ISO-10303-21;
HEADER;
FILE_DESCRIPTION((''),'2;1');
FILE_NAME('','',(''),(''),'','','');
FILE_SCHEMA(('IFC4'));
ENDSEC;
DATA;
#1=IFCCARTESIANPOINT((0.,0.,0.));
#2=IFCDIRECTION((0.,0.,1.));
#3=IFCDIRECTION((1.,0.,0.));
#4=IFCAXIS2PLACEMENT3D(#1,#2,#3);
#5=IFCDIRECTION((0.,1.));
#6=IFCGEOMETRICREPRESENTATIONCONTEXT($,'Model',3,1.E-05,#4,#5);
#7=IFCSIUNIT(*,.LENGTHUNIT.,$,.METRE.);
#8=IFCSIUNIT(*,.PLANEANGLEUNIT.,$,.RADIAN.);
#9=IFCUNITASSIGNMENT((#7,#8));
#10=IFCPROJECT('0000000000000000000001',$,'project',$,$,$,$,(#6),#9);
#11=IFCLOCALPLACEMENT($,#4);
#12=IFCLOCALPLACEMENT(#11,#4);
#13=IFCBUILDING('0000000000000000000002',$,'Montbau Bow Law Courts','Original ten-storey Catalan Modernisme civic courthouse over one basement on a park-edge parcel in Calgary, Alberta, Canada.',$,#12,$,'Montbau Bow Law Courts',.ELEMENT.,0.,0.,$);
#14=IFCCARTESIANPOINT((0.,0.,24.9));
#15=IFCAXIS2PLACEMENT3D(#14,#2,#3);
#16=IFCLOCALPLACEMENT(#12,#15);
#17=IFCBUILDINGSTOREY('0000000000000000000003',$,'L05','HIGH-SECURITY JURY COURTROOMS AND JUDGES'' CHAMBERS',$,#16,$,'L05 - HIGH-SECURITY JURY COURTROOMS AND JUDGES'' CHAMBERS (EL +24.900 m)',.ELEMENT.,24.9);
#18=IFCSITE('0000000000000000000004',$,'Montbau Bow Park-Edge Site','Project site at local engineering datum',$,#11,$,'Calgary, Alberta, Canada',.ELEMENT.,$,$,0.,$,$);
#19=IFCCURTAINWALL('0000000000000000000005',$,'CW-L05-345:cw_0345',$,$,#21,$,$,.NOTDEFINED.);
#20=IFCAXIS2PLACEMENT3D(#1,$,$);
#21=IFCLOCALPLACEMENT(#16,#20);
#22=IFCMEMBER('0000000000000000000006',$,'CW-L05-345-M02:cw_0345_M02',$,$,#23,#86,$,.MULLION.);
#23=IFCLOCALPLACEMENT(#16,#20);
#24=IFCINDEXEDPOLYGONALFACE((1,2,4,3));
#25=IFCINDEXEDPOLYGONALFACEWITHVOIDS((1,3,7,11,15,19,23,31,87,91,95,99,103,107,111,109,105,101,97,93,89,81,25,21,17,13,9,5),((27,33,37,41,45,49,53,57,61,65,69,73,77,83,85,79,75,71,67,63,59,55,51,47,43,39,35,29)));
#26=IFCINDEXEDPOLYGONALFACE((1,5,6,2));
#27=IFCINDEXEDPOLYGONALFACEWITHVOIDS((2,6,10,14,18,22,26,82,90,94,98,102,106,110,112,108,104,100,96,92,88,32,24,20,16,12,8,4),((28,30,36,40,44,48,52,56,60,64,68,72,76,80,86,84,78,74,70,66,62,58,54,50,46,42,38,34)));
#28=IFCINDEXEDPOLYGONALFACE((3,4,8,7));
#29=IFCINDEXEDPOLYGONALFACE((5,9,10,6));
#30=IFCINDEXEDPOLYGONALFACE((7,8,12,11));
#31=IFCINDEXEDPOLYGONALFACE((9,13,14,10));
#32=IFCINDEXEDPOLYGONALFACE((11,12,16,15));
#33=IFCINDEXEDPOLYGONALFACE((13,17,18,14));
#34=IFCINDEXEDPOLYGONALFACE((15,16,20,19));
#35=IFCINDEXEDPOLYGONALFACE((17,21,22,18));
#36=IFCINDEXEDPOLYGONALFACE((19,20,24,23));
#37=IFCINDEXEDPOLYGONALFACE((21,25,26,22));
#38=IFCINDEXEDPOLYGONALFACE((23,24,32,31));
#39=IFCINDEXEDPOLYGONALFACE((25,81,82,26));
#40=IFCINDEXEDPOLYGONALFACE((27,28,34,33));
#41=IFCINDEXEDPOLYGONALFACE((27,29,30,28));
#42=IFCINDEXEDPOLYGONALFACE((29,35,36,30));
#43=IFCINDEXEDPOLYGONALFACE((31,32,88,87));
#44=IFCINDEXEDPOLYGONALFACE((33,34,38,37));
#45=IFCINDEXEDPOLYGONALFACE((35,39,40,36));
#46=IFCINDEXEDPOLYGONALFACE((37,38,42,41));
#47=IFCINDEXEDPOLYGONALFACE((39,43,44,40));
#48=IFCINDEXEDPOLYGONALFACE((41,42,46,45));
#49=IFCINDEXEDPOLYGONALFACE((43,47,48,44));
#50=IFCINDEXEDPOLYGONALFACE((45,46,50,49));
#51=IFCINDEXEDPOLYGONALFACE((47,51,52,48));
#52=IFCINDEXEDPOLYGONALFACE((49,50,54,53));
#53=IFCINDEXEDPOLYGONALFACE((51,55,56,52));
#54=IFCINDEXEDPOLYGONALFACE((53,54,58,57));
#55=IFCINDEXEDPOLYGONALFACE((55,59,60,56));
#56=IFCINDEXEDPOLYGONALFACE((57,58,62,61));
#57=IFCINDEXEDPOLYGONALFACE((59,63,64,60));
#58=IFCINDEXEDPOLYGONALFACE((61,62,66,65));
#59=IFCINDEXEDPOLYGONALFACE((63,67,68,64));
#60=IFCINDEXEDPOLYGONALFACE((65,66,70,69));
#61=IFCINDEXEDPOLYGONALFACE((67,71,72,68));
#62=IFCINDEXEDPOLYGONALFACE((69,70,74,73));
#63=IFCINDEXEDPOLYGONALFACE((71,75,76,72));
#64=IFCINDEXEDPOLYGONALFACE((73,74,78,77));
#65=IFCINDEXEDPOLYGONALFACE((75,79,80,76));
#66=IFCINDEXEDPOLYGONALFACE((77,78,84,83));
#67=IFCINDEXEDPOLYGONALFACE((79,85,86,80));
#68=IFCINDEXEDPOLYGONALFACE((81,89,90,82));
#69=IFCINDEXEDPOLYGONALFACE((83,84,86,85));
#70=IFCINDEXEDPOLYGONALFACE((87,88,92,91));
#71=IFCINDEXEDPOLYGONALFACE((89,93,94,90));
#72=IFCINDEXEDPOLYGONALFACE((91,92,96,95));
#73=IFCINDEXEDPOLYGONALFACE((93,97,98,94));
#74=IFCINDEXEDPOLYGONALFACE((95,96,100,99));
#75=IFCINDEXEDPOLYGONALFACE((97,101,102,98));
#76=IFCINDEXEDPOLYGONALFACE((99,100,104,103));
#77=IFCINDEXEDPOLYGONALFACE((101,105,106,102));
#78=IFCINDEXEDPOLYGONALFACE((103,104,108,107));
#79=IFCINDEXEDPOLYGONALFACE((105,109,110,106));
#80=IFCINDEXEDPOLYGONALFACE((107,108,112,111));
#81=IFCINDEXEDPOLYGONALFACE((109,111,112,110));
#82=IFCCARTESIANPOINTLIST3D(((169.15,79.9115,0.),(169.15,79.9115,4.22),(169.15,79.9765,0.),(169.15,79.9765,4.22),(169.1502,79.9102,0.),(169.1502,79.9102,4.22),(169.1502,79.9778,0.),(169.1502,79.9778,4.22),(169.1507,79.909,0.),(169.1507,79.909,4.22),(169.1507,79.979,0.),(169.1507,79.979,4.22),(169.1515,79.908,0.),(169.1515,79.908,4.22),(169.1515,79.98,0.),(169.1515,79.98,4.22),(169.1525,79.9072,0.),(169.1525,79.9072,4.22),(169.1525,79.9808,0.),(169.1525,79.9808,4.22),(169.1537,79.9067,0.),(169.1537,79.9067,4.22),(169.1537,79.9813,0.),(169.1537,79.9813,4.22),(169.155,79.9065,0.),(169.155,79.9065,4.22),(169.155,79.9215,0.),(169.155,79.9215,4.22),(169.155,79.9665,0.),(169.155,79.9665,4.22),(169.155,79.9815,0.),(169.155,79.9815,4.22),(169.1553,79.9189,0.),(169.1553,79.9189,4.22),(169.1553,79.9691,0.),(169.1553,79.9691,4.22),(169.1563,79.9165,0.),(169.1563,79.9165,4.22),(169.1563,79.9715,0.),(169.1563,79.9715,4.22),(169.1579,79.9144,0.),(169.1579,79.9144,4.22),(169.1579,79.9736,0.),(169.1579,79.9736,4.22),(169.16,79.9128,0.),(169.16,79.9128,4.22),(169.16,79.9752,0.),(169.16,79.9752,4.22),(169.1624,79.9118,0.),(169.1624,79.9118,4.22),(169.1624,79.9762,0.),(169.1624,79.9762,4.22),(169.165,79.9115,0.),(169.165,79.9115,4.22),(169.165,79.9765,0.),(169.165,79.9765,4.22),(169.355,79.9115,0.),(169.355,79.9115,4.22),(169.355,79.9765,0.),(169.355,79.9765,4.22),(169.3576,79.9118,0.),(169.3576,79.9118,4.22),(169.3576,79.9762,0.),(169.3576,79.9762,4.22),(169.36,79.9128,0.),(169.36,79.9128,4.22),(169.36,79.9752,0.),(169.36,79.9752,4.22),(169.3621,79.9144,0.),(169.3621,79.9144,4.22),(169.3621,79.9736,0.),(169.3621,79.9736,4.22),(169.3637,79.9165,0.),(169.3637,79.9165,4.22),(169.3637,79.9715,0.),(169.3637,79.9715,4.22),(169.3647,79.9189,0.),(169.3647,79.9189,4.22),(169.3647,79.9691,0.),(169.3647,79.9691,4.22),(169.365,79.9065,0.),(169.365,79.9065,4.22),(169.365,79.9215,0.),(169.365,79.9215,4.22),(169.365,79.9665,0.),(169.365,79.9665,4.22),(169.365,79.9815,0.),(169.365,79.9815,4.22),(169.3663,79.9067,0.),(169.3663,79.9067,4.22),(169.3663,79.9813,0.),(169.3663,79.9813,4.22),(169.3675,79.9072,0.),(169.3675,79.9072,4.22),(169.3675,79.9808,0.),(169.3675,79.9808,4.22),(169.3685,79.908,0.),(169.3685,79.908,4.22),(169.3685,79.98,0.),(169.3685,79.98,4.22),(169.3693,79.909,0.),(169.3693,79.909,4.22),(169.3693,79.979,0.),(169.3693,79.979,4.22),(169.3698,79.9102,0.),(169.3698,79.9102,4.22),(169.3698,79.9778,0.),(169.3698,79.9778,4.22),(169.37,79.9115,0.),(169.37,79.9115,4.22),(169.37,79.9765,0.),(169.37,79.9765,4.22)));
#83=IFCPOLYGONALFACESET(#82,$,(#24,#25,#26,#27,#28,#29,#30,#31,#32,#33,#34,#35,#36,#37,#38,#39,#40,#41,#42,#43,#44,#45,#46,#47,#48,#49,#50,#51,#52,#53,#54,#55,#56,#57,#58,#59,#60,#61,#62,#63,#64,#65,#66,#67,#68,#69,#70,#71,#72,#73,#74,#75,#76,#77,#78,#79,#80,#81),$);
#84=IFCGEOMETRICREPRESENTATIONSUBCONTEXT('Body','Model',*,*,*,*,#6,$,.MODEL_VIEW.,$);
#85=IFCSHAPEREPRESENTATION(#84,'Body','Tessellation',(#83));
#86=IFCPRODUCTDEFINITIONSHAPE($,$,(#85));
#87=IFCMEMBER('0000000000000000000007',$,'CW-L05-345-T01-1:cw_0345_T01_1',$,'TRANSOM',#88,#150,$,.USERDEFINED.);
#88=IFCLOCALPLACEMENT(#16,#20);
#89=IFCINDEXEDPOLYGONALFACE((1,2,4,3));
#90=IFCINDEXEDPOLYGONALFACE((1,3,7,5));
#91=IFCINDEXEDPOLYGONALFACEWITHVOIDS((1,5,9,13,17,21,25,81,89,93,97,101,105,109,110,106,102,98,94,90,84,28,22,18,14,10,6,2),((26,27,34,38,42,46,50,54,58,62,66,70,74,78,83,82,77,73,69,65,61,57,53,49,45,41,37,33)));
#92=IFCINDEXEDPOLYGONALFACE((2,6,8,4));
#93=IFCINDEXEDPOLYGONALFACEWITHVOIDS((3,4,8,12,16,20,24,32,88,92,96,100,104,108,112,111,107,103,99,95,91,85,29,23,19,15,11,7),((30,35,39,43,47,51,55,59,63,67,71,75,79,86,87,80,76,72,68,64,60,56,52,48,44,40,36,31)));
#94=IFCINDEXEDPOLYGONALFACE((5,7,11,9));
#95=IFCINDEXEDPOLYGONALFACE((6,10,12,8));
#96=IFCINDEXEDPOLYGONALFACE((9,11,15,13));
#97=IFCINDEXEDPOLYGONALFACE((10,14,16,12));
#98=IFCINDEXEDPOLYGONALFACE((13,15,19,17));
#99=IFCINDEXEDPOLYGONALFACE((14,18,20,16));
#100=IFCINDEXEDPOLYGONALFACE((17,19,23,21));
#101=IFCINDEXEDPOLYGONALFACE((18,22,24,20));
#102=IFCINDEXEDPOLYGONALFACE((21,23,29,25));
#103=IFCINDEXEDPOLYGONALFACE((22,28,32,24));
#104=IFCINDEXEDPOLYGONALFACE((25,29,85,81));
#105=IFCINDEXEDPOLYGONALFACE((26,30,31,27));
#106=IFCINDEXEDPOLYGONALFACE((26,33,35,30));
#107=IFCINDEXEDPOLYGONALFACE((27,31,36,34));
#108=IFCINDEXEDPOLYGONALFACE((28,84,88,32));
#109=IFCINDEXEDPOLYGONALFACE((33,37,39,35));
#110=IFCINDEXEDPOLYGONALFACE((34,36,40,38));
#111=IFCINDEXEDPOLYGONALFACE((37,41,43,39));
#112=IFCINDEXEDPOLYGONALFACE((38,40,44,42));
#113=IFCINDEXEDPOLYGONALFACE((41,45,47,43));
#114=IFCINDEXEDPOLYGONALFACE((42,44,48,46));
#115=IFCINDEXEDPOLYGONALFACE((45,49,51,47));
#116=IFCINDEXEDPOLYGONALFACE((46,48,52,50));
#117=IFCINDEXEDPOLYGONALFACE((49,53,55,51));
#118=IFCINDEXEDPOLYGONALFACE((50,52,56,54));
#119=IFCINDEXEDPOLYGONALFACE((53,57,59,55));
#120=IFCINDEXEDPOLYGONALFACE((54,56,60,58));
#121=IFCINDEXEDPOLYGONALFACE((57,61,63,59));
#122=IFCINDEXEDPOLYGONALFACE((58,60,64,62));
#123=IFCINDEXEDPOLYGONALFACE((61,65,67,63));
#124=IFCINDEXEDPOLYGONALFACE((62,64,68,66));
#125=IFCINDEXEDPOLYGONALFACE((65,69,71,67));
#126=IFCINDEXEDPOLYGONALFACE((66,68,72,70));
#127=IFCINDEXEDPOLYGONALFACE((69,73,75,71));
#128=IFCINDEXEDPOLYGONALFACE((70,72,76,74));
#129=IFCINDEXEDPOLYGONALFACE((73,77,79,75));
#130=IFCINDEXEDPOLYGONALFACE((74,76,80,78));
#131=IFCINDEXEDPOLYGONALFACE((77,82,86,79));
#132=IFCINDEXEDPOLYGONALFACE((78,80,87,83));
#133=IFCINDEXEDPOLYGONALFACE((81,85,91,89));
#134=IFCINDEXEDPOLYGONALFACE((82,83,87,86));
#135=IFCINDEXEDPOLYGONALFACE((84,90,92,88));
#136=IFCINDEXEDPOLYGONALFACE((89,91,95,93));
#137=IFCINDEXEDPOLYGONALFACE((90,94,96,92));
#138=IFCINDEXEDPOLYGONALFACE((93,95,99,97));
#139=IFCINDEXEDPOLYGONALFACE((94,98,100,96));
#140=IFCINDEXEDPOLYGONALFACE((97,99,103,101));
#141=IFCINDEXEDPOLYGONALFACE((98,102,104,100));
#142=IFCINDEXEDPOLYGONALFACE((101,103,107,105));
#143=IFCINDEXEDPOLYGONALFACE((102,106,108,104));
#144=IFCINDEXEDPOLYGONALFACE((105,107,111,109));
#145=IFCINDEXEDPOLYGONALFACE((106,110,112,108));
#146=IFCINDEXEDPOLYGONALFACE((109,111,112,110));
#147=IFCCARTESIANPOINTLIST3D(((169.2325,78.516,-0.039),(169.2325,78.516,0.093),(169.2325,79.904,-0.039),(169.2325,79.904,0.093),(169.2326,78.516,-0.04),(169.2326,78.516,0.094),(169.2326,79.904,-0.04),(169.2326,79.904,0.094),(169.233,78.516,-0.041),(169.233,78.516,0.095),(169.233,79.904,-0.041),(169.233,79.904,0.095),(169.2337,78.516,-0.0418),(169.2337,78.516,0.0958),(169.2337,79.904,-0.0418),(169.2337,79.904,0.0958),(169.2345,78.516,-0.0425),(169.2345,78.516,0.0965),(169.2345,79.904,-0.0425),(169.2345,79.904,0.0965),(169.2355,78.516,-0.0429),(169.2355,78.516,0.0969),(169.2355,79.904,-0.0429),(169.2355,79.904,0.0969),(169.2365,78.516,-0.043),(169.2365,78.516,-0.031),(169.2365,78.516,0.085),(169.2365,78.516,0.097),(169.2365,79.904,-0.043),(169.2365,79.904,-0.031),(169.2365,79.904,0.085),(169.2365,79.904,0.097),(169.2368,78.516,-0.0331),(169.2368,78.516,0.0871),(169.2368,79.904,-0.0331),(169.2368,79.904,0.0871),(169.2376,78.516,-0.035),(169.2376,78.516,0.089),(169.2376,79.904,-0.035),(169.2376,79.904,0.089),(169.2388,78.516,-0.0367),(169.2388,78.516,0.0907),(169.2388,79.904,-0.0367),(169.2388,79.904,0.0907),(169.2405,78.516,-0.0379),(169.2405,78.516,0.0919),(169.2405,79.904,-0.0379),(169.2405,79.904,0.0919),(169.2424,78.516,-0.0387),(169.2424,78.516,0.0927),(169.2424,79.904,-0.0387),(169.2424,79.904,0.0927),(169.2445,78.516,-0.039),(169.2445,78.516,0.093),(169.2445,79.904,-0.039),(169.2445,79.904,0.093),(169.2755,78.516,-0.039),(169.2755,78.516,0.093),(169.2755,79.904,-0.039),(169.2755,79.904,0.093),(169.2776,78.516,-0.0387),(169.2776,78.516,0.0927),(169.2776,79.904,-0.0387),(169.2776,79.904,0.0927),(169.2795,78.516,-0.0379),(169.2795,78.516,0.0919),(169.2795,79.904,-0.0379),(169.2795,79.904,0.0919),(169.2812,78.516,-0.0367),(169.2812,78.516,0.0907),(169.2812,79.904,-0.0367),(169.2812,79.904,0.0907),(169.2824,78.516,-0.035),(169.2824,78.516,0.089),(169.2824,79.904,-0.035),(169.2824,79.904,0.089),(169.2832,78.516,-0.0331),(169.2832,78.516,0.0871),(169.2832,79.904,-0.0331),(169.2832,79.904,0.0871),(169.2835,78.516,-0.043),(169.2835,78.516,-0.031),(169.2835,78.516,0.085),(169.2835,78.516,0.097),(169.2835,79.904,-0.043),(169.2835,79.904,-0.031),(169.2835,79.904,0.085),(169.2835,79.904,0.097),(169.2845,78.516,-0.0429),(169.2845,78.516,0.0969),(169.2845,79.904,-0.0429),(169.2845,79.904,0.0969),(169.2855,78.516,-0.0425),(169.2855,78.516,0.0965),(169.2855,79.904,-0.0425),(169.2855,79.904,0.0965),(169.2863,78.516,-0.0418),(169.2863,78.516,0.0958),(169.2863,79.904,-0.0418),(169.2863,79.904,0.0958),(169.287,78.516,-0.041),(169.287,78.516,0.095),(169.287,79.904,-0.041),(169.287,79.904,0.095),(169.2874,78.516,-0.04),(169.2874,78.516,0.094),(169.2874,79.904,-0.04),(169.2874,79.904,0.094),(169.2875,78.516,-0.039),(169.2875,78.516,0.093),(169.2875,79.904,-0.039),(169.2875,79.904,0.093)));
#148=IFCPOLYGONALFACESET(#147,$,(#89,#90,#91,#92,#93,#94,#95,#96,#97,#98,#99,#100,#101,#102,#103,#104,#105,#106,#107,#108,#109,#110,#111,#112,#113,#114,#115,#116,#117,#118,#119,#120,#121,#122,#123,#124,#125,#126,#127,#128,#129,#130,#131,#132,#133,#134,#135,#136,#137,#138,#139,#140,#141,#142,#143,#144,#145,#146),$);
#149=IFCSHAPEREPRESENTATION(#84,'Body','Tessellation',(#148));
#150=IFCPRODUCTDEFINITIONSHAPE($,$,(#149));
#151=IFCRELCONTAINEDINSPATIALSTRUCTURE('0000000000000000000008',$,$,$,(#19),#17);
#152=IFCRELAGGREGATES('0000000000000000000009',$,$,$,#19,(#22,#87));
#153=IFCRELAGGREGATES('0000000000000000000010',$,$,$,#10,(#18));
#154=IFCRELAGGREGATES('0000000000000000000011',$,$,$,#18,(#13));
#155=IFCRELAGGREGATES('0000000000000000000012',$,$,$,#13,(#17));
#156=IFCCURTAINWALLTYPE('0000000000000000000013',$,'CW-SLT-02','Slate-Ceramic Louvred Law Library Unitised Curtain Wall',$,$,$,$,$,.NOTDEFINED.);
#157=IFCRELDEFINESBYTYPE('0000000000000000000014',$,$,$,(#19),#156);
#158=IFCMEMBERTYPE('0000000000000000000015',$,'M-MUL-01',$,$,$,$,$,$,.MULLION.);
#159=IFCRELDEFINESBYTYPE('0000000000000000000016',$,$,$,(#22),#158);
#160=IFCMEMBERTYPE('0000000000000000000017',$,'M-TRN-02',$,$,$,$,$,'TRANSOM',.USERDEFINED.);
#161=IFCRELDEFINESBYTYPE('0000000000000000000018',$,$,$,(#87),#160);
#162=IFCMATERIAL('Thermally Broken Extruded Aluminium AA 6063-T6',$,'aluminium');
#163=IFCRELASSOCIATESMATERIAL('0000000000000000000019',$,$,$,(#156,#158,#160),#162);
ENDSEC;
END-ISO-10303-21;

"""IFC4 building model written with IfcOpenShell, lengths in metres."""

from ifc_helpers import new_model, si_unit, direction, frame, origin_with_axes, origin_2d_with_axis, place, context, subcontext, project, spatial, hollow_rectangle, extrude, material, material_profile, profile_set, type_object, element, aggregate, save


model = new_model("IFC4")

# Units and contexts
model_context = context("Model", 3, precision=1e-05, world=origin_with_axes(), true_north=direction((0.0, 1.0)))
body_context = subcontext(model_context, "Body", "Model", "MODEL_VIEW")
ifc_project = project(units=[si_unit("LENGTHUNIT", "METRE"), si_unit("PLANEANGLEUNIT", "RADIAN")], contexts=[model_context])

# Site, building, storey
site_placement = place(None, origin_with_axes())
site = spatial("IfcSite", under=ifc_project, at=site_placement, Name="Montbau Bow Park-Edge Site", Description="Project site at local engineering datum", LongName="Calgary, Alberta, Canada", CompositionType="ELEMENT", RefElevation=0.0)
building_placement = place(site_placement, origin_with_axes())
building = spatial("IfcBuilding", under=site, at=building_placement, Name="Montbau Bow Law Courts", Description="Original ten-storey Catalan Modernisme civic courthouse over one basement on a park-edge parcel in Calgary, Alberta, Canada.", LongName="Montbau Bow Law Courts", CompositionType="ELEMENT", ElevationOfRefHeight=0.0, ElevationOfTerrain=0.0)
storey_placement = place(building_placement, frame((0.0, 0.0, 24.9), z_axis=(0.0, 0.0, 1.0), x_axis=(1.0, 0.0, 0.0)))
storey = spatial("IfcBuildingStorey", under=building, at=storey_placement, Name="L05", Description="HIGH-SECURITY JURY COURTROOMS AND JUDGES' CHAMBERS", LongName="L05 - HIGH-SECURITY JURY COURTROOMS AND JUDGES' CHAMBERS (EL +24.900 m)", CompositionType="ELEMENT", Elevation=24.9)

# Curtain wall, members
ifc_material_1 = material(Name="Thermally Broken Extruded Aluminium AA 6063-T6", Category="aluminium")
curtain_wall_type = type_object("IfcCurtainWallType", Name="CW-SLT-02", Description="Slate-Ceramic Louvred Law Library Unitised Curtain Wall", PredefinedType="NOTDEFINED", material=ifc_material_1)
curtain_wall_placement = place(None, frame((169.26, 78.44, 24.9), z_axis=(0.0, 0.0, 1.0), x_axis=(1.0, 0.0, 0.0)))
curtain_wall = element("IfcCurtainWall", 1, at=curtain_wall_placement, inside=storey, type_object=curtain_wall_type, Name="CW-L05-345:cw_0345", PredefinedType="NOTDEFINED")
ifc_material_profile_1 = material_profile(ifc_material_1, hollow_rectangle(XDim=0.075, YDim=0.22, WallThickness=0.005, InnerFilletRadius=0.01, OuterFilletRadius=0.005, at=origin_2d_with_axis()), Name="CWM-220X75", Category="Main", Priority=0)
ifc_profile_set_1 = profile_set([ifc_material_profile_1], Name="Thermally Broken Extruded Aluminium AA 6063-T6")
member_type_1 = type_object("IfcMemberType", Name="M-MUL-01", PredefinedType="MULLION", material=ifc_profile_set_1)
member_1_placement = place(None, frame((169.26, 79.944, 24.9), z_axis=(0.0, 0.0, 1.0), x_axis=(0.0, 1.0, 0.0)))
member_1 = element("IfcMember", 2, at=member_1_placement, type_object=member_type_1, Name="CW-L05-345-M02:cw_0345_M02", PredefinedType="MULLION", context=body_context, shape_type="SweptSolid", body=[
    extrude(hollow_rectangle(XDim=0.075, YDim=0.22, WallThickness=0.005, InnerFilletRadius=0.01, OuterFilletRadius=0.005, at=origin_2d_with_axis()), origin_with_axes(), (0.0, 0.0, 1.0), 4.22),
])
ifc_material_profile_2 = material_profile(ifc_material_1, hollow_rectangle(XDim=0.055, YDim=0.14, WallThickness=0.004, InnerFilletRadius=0.008, OuterFilletRadius=0.004, at=origin_2d_with_axis()), Name="CWT-140X55", Category="Main", Priority=0)
ifc_profile_set_2 = profile_set([ifc_material_profile_2], Name="Thermally Broken Extruded Aluminium AA 6063-T6")
member_type_2 = type_object("IfcMemberType", Name="M-TRN-02", ElementType="TRANSOM", PredefinedType="USERDEFINED", material=ifc_profile_set_2)
member_2_placement = place(None, frame((169.26, 78.516, 24.927), z_axis=(0.0, 1.0, 0.0), x_axis=(-1.0, 0.0, 0.0)))
member_2 = element("IfcMember", 3, at=member_2_placement, type_object=member_type_2, Name="CW-L05-345-T01-1:cw_0345_T01_1", ObjectType="TRANSOM", PredefinedType="USERDEFINED", context=body_context, shape_type="SweptSolid", body=[
    extrude(hollow_rectangle(XDim=0.055, YDim=0.14, WallThickness=0.004, InnerFilletRadius=0.008, OuterFilletRadius=0.004, at=origin_2d_with_axis()), origin_with_axes(), (0.0, 0.0, 1.0), 1.388),
])
aggregate(curtain_wall, [member_1, member_2])

save(model, "model.ifc")
